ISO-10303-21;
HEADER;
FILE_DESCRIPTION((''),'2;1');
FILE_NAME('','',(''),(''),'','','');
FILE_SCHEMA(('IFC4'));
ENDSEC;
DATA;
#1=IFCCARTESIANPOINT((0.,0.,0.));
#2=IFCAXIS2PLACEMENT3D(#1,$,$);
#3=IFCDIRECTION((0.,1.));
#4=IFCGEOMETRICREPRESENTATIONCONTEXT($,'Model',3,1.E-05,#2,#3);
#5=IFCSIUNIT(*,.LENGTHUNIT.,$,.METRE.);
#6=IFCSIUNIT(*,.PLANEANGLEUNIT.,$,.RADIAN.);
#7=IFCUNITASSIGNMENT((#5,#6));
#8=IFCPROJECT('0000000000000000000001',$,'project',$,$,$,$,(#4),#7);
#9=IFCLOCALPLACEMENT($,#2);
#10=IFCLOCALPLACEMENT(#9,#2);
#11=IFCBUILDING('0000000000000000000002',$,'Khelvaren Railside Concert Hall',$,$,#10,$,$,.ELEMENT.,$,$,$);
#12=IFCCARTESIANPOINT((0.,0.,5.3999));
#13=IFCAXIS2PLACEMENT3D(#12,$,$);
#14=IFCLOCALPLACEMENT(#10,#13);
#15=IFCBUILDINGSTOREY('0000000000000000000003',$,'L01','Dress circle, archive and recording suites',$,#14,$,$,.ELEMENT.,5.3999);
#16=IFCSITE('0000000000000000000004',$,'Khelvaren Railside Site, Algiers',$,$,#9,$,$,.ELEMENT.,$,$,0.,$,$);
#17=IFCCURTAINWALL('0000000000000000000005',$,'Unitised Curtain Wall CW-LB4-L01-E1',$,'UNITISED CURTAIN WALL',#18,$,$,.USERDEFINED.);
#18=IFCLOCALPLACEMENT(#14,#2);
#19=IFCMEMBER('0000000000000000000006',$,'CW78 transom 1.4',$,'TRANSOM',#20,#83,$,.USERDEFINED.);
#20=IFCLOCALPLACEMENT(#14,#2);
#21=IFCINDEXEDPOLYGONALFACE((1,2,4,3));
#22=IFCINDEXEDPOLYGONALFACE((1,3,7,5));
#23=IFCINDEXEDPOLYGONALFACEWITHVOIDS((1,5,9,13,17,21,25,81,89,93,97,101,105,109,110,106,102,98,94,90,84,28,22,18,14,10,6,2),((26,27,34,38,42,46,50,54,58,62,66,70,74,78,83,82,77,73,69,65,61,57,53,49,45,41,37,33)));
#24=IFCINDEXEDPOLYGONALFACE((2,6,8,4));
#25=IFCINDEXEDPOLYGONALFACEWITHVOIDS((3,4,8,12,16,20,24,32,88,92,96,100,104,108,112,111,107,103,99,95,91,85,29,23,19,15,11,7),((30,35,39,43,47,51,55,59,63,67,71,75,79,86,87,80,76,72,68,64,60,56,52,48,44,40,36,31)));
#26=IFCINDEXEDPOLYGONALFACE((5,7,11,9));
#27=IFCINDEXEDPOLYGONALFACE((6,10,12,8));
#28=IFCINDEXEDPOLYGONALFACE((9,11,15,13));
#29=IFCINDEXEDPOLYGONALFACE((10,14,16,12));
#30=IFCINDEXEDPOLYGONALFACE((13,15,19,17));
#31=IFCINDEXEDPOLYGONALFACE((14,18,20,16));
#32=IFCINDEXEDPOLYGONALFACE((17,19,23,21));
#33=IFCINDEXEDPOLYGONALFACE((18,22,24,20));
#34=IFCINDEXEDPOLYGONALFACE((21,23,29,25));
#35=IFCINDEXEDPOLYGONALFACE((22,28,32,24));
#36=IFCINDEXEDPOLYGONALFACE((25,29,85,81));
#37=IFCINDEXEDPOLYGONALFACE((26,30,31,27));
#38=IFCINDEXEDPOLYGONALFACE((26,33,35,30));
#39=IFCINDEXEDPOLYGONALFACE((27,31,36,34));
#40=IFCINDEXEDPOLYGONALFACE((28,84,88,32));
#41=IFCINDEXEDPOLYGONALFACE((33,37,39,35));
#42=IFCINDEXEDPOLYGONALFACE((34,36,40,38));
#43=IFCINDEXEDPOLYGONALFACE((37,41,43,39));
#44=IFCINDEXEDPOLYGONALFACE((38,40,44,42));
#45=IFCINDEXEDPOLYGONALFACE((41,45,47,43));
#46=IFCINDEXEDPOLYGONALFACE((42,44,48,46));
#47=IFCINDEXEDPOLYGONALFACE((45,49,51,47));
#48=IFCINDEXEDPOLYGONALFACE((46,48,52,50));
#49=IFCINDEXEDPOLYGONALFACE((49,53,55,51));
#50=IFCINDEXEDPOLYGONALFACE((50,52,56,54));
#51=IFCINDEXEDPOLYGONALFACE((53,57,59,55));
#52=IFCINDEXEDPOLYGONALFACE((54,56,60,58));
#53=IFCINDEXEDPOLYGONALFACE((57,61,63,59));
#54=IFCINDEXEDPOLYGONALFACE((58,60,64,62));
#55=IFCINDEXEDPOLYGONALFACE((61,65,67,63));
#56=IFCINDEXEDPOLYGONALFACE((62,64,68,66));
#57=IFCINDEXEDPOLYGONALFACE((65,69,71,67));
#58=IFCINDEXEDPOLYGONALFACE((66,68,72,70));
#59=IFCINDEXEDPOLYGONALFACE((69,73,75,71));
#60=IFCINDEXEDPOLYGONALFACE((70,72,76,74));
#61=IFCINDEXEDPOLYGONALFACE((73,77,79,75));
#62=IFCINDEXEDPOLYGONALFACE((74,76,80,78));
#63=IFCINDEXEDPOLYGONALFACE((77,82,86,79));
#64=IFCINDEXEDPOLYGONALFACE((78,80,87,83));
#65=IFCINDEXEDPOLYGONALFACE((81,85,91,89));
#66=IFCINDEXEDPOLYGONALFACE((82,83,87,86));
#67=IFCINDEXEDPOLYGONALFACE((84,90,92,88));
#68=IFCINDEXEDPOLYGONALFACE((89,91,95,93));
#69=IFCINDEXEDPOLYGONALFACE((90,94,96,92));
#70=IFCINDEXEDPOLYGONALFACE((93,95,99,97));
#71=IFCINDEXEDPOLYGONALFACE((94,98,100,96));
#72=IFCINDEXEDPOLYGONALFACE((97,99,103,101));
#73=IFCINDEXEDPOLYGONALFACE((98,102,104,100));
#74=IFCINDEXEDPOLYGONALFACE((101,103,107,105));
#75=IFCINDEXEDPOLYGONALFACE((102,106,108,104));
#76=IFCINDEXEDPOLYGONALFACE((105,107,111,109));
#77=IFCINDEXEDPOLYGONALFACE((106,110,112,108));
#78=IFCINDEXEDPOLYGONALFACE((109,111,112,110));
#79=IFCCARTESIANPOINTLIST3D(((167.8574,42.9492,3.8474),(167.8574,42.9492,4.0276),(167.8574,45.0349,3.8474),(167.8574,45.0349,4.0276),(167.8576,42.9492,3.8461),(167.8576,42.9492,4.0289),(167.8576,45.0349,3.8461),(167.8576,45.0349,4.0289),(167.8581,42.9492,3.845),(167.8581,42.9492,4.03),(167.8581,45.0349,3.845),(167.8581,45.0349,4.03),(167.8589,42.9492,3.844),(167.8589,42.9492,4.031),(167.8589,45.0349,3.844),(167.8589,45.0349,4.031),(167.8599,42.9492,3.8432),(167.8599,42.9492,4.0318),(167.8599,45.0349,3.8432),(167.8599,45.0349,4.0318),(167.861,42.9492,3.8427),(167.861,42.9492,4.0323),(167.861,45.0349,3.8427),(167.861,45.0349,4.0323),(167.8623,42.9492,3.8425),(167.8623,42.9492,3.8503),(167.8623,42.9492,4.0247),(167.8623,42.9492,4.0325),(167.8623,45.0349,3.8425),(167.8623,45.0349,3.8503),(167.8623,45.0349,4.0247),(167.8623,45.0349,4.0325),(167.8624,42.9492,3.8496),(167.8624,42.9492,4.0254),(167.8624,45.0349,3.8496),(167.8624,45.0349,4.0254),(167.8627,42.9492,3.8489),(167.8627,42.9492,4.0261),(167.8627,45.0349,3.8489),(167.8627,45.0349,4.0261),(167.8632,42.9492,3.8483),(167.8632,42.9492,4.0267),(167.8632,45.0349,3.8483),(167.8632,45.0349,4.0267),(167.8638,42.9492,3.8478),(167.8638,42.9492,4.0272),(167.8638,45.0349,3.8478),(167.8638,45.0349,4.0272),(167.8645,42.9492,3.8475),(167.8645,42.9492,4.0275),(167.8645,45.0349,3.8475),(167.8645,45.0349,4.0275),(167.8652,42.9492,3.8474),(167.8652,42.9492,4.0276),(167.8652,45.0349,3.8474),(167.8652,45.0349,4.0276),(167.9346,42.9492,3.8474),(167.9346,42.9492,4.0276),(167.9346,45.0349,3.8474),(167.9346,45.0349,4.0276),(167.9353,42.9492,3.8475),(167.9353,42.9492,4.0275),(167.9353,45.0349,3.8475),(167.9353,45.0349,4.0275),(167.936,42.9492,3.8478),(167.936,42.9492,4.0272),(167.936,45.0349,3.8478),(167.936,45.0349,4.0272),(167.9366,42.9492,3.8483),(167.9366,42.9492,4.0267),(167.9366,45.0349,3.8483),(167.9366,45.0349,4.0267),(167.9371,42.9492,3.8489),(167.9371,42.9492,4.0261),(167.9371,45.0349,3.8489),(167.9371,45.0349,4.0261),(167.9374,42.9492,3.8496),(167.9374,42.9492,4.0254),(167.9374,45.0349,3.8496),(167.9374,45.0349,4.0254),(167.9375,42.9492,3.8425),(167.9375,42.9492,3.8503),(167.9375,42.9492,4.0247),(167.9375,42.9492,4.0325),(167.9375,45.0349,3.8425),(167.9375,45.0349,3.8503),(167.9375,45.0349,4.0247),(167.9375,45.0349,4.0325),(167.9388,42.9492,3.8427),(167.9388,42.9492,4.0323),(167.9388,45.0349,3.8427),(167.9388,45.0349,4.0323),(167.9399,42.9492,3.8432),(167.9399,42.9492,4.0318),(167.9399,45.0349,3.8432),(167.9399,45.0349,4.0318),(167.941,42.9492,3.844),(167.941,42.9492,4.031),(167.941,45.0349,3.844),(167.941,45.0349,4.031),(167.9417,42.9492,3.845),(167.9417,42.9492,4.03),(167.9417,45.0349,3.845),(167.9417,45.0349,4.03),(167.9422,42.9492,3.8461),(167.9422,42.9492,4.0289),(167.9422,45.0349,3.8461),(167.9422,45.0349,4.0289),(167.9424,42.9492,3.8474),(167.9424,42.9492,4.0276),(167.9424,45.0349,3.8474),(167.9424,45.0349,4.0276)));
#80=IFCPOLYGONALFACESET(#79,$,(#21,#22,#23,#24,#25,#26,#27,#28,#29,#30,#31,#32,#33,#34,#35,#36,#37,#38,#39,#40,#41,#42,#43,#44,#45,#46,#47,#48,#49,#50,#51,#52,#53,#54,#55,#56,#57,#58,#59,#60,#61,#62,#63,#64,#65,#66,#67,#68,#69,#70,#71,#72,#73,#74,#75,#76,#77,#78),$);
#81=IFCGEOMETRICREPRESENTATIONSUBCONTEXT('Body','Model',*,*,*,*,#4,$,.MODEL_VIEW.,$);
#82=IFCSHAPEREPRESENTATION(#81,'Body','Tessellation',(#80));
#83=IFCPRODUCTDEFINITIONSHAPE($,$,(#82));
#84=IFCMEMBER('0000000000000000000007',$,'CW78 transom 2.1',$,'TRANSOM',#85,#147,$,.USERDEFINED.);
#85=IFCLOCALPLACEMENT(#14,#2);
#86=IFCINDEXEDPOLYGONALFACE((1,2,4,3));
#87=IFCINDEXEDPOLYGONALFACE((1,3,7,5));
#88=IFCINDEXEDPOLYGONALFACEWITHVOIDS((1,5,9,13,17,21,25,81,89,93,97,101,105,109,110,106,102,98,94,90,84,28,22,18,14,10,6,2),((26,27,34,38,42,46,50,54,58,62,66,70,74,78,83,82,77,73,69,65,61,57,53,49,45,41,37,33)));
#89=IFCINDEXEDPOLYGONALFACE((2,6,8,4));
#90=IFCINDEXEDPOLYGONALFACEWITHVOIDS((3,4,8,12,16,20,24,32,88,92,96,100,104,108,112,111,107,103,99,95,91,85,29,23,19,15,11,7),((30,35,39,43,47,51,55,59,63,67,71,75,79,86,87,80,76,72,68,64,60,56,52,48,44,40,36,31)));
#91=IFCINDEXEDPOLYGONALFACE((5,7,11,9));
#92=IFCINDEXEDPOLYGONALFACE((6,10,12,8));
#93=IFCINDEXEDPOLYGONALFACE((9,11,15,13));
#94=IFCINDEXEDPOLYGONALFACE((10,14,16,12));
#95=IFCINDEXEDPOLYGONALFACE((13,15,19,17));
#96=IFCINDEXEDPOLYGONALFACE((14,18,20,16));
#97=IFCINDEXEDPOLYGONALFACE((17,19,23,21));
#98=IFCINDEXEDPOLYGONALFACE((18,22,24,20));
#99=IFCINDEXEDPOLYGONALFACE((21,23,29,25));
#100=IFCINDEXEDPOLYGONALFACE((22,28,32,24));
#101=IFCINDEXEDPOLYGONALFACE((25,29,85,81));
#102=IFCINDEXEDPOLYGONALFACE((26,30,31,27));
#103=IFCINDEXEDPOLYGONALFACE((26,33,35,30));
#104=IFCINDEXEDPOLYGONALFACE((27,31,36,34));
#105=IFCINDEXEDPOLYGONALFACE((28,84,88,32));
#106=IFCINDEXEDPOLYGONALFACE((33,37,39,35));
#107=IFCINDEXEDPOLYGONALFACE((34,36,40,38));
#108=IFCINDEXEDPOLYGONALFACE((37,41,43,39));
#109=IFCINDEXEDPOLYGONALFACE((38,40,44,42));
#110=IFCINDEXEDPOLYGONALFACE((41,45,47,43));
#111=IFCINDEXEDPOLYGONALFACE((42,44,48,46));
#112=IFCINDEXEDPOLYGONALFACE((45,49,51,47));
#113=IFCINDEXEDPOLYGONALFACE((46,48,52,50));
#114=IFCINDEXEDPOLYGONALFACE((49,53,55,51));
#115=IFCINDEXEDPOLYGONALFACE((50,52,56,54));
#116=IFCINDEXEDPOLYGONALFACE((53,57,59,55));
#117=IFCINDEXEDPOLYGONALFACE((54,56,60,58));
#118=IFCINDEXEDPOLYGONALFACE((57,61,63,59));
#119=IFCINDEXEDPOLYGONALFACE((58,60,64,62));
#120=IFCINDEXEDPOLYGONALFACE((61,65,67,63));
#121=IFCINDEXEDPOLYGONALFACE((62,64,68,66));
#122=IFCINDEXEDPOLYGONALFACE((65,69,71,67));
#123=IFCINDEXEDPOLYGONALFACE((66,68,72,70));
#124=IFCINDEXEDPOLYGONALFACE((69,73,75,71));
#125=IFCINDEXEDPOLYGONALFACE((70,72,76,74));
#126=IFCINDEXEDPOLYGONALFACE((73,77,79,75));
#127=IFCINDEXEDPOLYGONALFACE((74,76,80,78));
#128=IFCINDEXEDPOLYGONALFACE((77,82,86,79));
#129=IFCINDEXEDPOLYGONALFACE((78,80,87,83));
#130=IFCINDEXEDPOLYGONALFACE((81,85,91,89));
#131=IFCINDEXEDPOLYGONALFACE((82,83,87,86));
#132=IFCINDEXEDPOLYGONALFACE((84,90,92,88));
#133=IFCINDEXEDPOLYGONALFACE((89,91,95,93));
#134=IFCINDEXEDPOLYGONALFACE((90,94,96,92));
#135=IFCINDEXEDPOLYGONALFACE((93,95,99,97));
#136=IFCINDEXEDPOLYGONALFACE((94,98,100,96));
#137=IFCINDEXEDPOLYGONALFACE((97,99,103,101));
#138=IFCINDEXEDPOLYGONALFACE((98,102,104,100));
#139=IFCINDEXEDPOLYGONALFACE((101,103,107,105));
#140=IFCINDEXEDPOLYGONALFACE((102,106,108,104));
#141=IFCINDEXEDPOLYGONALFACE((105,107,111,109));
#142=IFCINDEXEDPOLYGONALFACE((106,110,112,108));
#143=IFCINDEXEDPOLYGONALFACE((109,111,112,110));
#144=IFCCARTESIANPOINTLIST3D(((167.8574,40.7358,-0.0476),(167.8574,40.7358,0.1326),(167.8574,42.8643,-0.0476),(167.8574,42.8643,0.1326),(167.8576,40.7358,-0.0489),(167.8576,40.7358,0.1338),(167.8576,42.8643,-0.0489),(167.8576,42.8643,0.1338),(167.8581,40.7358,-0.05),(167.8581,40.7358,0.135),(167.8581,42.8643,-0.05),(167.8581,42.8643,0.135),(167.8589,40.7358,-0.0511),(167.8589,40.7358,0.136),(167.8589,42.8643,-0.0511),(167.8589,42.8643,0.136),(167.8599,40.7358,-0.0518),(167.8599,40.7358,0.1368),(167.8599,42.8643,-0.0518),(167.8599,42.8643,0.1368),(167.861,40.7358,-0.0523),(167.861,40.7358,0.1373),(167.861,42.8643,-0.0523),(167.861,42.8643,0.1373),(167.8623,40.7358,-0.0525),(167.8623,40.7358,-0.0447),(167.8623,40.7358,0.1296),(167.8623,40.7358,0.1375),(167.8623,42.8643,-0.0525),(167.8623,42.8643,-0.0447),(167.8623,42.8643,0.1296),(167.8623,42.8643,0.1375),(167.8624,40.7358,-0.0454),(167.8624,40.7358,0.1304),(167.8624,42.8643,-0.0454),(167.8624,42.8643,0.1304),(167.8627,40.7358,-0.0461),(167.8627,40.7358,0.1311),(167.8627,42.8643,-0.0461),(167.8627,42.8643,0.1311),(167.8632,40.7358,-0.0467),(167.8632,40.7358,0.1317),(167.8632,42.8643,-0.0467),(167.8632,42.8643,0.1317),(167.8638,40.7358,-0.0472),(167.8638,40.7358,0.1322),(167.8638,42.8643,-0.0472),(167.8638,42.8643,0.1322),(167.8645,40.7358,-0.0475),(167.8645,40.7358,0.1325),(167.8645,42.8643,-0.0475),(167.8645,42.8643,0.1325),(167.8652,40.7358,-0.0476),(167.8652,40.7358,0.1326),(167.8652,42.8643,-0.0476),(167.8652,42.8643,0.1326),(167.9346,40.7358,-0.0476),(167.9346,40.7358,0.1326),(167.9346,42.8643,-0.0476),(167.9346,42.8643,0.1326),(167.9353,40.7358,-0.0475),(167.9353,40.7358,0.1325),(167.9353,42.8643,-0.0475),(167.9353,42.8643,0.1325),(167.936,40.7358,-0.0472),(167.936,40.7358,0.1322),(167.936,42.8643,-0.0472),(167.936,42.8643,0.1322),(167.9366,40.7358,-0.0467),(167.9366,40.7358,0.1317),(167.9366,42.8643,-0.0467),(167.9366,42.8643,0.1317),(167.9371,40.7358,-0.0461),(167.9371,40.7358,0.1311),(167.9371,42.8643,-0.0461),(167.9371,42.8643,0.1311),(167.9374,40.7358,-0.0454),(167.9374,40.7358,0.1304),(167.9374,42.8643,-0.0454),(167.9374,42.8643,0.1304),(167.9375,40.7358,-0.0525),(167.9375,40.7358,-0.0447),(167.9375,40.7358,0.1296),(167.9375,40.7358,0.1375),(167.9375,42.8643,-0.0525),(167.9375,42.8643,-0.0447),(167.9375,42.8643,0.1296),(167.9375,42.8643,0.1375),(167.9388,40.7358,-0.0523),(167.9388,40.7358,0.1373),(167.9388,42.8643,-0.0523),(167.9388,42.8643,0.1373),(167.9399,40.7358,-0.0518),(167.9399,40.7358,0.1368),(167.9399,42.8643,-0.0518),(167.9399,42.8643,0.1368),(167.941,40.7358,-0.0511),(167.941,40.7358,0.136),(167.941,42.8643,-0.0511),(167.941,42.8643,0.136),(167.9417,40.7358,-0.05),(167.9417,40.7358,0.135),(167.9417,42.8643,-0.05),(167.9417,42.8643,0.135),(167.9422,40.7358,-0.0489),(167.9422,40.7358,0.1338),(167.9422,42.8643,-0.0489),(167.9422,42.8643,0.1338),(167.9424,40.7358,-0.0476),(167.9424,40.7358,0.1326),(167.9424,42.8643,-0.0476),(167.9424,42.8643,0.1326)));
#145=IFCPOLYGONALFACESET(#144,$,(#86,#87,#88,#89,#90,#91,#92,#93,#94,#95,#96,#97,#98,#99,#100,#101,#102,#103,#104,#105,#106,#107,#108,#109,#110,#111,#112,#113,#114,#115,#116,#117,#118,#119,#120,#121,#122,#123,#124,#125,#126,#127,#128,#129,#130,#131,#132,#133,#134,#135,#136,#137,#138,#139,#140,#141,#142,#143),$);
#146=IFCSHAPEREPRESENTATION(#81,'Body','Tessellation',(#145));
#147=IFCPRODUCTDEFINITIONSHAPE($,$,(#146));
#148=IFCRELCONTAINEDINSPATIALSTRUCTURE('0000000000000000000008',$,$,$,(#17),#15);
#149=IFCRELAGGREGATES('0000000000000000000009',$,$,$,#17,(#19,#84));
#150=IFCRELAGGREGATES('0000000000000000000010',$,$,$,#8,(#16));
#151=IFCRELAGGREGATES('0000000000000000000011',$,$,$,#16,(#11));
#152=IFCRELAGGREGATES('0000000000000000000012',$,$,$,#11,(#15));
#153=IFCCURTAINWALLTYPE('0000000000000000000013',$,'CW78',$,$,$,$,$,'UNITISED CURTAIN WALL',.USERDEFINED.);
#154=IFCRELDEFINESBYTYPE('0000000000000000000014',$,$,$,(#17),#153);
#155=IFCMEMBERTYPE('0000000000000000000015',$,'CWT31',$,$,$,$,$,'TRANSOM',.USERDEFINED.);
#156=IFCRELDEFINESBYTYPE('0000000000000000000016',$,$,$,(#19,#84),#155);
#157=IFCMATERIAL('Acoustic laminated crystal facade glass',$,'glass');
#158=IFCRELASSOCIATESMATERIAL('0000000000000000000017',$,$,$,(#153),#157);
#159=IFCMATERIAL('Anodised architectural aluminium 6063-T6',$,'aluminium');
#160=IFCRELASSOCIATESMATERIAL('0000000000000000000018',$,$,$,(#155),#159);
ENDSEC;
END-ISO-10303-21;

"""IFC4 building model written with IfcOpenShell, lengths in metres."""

from ifc_helpers import new_model, si_unit, direction, frame, origin, origin_2d, place, context, subcontext, project, spatial, hollow_rectangle, extrude, material, material_profile, profile_set, type_object, element, aggregate, save


model = new_model("IFC4")

# Units and contexts
model_context = context("Model", 3, precision=1e-05, world=origin(), true_north=direction((0.0, 1.0)))
body_context = subcontext(model_context, "Body", "Model", "MODEL_VIEW")
ifc_project = project(units=[si_unit("LENGTHUNIT", "METRE"), si_unit("PLANEANGLEUNIT", "RADIAN")], contexts=[model_context])

# Site, building, storey
site_placement = place(None, origin())
site = spatial("IfcSite", under=ifc_project, at=site_placement, Name="Khelvaren Railside Site, Algiers", CompositionType="ELEMENT", RefElevation=0.0)
building_placement = place(site_placement, origin())
building = spatial("IfcBuilding", under=site, at=building_placement, Name="Khelvaren Railside Concert Hall", CompositionType="ELEMENT")
storey_placement = place(building_placement, frame((0.0, 0.0, 5.3999)))
storey = spatial("IfcBuildingStorey", under=building, at=storey_placement, Name="L01", Description="Dress circle, archive and recording suites", CompositionType="ELEMENT", Elevation=5.3999)

# Curtain wall, members
ifc_material_1 = material(Name="Acoustic laminated crystal facade glass", Category="glass")
curtain_wall_type = type_object("IfcCurtainWallType", Name="CW78", ElementType="UNITISED CURTAIN WALL", PredefinedType="USERDEFINED", material=ifc_material_1)
curtain_wall_placement = place(storey_placement, origin())
curtain_wall = element("IfcCurtainWall", 1, at=curtain_wall_placement, inside=storey, type_object=curtain_wall_type, Name="Unitised Curtain Wall CW-LB4-L01-E1", ObjectType="UNITISED CURTAIN WALL", PredefinedType="USERDEFINED")
ifc_material_2 = material(Name="Anodised architectural aluminium 6063-T6", Category="aluminium")
ifc_material_profile_1 = material_profile(ifc_material_2, hollow_rectangle(XDim=0.085, YDim=0.1899, WallThickness=0.0049, InnerFilletRadius=0.0029, OuterFilletRadius=0.0049, at=origin_2d()), Name="CWT 85x190x5")
ifc_profile_set_1 = profile_set([ifc_material_profile_1], Name="Anodised architectural aluminium 6063-T6")
member_type_1 = type_object("IfcMemberType", Name="CWT31", ElementType="TRANSOM", PredefinedType="USERDEFINED", material=ifc_profile_set_1)
member_1_placement = place(storey_placement, frame((167.8999, 45.0349, 3.9375), z_axis=(0.0, -1.0, 0.0), x_axis=(1.0, 0.0, 0.0)))
member_1 = element("IfcMember", 2, at=member_1_placement, type_object=member_type_1, Name="CW78 transom 1.4", ObjectType="TRANSOM", PredefinedType="USERDEFINED", context=body_context, shape_type="SweptSolid", body=[
    extrude(hollow_rectangle(XDim=0.085, YDim=0.1899, WallThickness=0.0049, InnerFilletRadius=0.0029, OuterFilletRadius=0.0049, at=origin_2d()), origin(), (0.0, 0.0, 1.0), 2.0857),
])
member_2_placement = place(storey_placement, frame((167.8999, 42.8643, 0.0425), z_axis=(0.0, -1.0, 0.0), x_axis=(1.0, 0.0, 0.0)))
member_2 = element("IfcMember", 3, at=member_2_placement, type_object=member_type_1, Name="CW78 transom 2.1", ObjectType="TRANSOM", PredefinedType="USERDEFINED", context=body_context, shape_type="SweptSolid", body=[
    extrude(hollow_rectangle(XDim=0.085, YDim=0.1899, WallThickness=0.0049, InnerFilletRadius=0.0029, OuterFilletRadius=0.0049, at=origin_2d()), origin(), (0.0, 0.0, 1.0), 2.1284),
])

aggregate(curtain_wall, [member_1, member_2])

save(model, "model.ifc")
